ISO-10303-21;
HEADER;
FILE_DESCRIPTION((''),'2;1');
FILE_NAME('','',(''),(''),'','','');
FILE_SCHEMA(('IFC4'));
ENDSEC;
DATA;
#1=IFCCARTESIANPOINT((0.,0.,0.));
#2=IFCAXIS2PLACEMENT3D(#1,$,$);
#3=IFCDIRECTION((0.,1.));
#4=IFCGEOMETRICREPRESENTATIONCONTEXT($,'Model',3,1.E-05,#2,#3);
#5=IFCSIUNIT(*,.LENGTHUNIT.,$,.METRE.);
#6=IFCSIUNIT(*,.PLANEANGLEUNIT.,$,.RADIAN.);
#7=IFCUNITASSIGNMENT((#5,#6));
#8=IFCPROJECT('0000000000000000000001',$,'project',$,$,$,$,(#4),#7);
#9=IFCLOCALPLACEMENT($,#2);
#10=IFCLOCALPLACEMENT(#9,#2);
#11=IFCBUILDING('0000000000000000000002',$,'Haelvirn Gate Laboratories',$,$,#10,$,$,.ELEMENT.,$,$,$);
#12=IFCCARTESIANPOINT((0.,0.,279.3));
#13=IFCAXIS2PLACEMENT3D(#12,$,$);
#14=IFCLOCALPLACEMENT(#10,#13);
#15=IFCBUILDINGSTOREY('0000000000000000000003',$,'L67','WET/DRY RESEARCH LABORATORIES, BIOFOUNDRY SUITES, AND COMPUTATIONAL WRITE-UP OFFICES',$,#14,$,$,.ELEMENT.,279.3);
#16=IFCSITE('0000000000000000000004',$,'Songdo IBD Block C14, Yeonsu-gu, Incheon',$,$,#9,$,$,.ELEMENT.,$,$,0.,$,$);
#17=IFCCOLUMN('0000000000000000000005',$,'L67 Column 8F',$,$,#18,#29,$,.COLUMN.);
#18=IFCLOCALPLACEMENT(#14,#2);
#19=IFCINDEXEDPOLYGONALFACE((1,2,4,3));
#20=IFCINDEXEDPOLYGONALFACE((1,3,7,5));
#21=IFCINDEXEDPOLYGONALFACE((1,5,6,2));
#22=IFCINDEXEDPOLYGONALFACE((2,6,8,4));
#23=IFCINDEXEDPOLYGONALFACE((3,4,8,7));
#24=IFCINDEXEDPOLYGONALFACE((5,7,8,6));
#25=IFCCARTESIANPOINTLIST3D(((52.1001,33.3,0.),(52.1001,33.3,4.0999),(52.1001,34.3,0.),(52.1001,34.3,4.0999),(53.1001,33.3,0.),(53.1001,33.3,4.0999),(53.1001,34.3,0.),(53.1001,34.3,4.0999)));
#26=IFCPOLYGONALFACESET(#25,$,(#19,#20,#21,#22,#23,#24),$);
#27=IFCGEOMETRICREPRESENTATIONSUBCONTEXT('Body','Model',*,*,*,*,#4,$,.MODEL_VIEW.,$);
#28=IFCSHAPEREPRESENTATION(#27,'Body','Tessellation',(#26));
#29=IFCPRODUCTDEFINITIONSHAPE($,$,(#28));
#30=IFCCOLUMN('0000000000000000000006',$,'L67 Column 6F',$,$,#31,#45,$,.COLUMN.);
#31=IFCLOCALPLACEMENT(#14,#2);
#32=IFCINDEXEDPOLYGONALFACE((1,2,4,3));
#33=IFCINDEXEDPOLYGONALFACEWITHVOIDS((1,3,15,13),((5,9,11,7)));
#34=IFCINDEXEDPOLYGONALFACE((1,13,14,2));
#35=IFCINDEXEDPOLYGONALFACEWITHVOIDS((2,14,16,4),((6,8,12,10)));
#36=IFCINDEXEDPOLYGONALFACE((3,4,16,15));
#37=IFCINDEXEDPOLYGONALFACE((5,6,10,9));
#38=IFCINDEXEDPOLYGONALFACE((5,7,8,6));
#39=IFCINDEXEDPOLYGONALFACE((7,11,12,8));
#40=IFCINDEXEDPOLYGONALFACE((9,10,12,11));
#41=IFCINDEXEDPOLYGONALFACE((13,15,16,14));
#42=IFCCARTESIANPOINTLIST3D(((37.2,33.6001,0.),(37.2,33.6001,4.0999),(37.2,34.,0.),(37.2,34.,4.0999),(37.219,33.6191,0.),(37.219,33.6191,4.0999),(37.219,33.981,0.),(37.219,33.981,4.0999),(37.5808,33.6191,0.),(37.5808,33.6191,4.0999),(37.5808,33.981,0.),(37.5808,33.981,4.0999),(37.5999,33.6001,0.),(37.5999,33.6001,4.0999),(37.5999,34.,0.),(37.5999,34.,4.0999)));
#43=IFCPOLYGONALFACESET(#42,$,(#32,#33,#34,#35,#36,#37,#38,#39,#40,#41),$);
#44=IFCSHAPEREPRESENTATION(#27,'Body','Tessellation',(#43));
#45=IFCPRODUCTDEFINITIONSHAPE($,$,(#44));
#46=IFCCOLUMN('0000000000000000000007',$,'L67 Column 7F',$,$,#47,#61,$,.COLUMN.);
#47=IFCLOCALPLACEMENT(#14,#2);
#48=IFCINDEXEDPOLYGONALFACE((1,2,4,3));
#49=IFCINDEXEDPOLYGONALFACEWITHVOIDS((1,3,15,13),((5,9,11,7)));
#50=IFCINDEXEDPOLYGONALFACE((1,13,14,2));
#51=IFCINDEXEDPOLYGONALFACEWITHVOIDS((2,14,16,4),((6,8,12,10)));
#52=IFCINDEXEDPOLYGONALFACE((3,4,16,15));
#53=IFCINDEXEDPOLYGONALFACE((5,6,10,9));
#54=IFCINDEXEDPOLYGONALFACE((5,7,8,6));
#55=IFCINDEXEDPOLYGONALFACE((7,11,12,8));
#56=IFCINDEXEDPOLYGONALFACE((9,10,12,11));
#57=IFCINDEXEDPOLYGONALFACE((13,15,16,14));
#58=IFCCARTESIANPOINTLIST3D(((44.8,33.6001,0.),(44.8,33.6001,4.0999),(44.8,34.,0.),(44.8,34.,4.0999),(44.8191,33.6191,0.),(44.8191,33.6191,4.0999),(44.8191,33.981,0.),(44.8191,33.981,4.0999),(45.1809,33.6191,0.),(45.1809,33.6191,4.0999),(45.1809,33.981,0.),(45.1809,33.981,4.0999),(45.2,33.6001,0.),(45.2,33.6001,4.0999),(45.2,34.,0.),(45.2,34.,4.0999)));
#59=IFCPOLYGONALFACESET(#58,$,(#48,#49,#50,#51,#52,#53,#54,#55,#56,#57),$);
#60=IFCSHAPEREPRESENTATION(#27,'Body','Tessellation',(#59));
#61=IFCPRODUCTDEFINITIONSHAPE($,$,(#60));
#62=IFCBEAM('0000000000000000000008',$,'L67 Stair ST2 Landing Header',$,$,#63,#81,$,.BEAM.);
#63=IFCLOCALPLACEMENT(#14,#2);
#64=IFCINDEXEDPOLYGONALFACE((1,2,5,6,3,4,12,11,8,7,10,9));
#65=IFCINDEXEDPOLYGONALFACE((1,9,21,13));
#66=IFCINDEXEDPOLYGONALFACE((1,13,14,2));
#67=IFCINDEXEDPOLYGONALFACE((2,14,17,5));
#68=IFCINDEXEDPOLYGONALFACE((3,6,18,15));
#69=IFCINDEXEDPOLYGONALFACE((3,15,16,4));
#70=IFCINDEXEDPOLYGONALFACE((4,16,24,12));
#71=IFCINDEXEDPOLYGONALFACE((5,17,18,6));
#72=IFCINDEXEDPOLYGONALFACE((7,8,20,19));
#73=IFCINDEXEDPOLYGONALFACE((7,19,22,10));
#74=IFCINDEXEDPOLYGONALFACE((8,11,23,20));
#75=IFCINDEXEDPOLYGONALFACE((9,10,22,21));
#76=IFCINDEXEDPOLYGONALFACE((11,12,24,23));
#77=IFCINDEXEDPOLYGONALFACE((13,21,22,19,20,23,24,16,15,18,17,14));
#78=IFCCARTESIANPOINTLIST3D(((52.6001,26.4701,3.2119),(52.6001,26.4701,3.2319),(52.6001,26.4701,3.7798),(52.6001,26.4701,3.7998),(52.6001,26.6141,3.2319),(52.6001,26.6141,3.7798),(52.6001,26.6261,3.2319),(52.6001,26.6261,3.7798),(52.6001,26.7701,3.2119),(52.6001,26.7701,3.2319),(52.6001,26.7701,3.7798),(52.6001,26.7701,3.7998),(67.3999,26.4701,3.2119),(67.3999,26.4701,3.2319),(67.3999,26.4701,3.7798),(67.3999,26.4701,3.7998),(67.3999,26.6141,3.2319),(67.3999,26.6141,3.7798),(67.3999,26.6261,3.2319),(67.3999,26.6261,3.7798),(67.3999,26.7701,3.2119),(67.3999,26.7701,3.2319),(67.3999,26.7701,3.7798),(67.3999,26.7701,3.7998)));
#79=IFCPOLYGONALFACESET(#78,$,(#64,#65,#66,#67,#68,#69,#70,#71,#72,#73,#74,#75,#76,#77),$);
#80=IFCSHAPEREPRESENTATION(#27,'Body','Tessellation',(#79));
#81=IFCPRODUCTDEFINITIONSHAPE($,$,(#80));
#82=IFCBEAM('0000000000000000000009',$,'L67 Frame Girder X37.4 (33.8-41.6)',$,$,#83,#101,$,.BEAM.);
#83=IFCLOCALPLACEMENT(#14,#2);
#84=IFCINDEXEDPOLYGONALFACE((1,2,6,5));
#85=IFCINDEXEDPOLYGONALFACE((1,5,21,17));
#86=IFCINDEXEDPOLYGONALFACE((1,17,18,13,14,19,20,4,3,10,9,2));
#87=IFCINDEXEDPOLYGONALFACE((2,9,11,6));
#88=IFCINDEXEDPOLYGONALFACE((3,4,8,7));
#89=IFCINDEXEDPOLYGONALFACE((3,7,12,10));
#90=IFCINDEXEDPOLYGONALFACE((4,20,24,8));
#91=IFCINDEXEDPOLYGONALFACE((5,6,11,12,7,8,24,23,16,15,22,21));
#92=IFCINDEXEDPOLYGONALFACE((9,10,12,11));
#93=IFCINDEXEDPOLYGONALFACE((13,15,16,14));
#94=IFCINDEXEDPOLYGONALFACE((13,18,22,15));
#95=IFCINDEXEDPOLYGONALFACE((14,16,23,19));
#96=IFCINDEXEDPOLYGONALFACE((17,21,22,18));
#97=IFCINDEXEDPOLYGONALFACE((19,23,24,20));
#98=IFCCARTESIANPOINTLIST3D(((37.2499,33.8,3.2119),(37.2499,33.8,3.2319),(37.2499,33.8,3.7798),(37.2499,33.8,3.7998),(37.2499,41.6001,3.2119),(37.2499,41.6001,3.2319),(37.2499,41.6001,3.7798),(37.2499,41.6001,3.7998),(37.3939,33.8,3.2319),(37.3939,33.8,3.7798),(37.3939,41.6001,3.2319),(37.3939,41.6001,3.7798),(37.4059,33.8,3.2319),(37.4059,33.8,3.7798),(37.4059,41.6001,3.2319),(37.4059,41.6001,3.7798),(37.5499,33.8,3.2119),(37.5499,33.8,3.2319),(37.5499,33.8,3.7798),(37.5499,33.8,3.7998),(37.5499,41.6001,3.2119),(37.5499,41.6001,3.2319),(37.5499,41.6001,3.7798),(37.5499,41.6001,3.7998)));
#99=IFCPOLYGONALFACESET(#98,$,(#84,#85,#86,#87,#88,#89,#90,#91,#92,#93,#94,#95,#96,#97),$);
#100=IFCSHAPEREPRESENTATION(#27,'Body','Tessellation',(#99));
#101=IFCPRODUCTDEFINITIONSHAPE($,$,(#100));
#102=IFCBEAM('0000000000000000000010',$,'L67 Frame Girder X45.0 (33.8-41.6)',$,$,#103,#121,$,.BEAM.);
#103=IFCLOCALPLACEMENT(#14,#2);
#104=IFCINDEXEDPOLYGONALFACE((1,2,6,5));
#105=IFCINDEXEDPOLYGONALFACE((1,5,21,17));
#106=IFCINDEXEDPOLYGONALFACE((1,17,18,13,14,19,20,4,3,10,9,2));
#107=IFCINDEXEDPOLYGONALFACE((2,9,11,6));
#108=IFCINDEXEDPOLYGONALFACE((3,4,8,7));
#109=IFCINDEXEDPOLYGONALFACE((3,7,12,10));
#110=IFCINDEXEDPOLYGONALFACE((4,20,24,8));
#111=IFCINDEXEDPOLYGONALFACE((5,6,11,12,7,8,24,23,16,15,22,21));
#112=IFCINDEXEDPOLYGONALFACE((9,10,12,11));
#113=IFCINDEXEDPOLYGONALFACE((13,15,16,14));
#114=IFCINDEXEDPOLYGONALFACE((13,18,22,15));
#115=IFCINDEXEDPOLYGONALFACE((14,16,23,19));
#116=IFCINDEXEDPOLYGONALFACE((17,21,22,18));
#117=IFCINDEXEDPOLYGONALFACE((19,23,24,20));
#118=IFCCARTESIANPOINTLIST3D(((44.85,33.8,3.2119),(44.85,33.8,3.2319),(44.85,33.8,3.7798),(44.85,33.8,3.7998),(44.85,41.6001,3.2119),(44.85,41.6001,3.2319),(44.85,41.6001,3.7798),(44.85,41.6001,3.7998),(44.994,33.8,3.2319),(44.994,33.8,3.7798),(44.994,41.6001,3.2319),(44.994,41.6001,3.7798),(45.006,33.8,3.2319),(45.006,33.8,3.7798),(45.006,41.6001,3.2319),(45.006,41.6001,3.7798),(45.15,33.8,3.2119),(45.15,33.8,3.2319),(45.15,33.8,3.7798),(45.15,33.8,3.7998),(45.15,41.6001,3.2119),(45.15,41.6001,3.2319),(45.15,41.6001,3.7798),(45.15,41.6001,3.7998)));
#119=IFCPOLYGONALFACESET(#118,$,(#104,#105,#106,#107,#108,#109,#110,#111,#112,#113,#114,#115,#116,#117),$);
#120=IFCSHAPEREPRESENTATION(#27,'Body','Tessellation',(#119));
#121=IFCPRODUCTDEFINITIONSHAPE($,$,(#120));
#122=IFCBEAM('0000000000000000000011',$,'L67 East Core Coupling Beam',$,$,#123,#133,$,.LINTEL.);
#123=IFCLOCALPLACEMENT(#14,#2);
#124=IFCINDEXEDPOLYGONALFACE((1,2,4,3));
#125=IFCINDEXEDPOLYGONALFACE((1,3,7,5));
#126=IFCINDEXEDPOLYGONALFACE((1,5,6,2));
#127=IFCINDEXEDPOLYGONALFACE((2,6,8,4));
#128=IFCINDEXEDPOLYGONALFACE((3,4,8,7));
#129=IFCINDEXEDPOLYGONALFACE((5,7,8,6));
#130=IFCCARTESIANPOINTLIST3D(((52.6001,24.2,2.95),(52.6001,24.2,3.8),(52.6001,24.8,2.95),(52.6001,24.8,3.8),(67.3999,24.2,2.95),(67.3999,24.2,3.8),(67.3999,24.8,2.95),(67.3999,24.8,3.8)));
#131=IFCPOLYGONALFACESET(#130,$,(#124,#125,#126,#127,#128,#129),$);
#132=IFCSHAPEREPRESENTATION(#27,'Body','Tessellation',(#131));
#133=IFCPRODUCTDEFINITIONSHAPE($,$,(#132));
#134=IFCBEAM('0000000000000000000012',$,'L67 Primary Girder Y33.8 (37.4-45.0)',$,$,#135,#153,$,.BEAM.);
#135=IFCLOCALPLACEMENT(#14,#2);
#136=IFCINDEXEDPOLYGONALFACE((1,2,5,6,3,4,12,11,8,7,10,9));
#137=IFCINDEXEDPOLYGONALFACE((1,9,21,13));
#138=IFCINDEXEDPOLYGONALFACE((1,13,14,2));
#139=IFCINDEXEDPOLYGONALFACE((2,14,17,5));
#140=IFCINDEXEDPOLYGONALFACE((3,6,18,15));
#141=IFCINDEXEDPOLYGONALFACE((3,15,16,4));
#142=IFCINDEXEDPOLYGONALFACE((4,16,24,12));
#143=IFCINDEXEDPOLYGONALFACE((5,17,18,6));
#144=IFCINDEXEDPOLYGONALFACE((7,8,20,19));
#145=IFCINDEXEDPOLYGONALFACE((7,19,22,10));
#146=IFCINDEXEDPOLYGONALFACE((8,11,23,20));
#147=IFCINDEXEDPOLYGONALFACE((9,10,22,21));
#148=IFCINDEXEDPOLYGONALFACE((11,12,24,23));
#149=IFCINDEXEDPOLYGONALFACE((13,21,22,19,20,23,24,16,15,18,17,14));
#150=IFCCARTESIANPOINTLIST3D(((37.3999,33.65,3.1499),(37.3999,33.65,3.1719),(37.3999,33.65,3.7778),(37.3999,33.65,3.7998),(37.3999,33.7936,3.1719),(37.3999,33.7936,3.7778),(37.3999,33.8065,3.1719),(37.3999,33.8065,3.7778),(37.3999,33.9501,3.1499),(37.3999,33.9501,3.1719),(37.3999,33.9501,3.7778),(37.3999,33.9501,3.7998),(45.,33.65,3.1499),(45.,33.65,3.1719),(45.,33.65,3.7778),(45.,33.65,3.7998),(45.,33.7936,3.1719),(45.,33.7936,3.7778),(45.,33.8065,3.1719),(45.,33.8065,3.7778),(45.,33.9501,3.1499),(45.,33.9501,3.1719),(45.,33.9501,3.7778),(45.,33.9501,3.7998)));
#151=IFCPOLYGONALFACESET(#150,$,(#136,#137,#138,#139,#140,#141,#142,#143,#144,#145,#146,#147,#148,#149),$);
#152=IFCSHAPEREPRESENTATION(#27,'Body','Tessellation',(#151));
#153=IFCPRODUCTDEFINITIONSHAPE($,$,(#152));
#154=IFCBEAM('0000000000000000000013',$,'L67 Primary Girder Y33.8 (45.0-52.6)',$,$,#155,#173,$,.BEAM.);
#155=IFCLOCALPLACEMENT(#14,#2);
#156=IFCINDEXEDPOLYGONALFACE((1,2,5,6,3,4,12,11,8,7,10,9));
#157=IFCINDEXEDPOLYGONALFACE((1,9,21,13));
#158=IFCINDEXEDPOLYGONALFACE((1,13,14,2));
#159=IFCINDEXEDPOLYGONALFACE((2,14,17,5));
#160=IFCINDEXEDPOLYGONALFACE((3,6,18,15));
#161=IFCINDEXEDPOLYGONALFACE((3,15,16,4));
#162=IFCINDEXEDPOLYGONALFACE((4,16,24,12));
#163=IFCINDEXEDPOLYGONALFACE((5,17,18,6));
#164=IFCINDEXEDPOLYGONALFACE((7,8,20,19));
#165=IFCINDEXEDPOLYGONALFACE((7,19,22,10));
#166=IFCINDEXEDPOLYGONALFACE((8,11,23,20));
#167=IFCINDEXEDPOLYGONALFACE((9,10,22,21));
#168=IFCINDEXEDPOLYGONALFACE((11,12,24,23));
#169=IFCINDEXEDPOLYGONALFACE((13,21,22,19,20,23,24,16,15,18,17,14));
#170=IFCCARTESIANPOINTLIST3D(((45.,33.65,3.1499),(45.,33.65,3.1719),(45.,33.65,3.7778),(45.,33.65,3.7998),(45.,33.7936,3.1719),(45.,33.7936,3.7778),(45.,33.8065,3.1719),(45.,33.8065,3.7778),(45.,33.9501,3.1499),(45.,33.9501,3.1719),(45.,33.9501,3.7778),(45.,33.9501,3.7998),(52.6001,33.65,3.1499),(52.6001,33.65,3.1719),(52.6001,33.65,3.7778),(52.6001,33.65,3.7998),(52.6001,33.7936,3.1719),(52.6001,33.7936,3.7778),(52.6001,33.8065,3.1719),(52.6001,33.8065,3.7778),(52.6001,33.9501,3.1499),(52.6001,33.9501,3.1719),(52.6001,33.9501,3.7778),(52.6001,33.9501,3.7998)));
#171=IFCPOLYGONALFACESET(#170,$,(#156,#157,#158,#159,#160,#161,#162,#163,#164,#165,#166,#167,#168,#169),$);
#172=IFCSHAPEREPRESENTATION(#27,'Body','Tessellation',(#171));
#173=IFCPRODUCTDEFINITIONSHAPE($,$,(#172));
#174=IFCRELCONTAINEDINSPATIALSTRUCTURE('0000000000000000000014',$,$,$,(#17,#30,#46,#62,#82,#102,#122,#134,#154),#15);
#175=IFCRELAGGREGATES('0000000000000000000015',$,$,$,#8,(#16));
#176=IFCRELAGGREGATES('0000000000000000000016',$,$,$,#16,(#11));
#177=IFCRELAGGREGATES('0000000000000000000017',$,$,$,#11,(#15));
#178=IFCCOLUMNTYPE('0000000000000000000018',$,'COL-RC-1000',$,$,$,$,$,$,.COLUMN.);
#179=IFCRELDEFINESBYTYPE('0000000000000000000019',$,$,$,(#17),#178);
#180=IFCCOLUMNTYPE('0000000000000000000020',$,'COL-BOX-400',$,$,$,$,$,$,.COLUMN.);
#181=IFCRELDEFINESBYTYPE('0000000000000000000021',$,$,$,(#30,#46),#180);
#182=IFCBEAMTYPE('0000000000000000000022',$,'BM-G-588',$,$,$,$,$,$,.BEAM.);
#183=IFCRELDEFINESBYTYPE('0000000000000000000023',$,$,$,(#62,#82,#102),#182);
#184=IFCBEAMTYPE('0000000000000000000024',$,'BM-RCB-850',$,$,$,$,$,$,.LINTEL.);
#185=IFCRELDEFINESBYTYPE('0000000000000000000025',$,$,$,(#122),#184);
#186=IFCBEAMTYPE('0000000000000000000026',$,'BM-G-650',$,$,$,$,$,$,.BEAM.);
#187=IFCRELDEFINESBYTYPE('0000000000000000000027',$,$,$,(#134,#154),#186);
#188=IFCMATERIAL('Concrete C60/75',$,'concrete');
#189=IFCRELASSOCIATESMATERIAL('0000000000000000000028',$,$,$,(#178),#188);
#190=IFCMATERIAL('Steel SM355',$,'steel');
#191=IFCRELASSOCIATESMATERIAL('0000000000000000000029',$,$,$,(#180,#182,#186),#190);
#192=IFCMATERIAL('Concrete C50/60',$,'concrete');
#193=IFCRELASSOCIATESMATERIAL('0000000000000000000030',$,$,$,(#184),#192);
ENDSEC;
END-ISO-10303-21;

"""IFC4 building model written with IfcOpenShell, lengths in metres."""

from ifc_helpers import new_model, si_unit, direction, frame, origin, origin_2d, place, context, subcontext, project, spatial, rectangle, hollow_rectangle, i_section, extrude, source, transform, mapped, material, material_profile, profile_set, type_object, type_shapes, element, save


model = new_model("IFC4")

# Units and contexts
model_context = context("Model", 3, precision=1e-05, world=origin(), true_north=direction((0.0, 1.0)))
body_context = subcontext(model_context, "Body", "Model", "MODEL_VIEW")
ifc_project = project(units=[si_unit("LENGTHUNIT", "METRE"), si_unit("PLANEANGLEUNIT", "RADIAN")], contexts=[model_context])

# Site, building, storey
site_placement = place(None, origin())
site = spatial("IfcSite", under=ifc_project, at=site_placement, Name="Songdo IBD Block C14, Yeonsu-gu, Incheon", CompositionType="ELEMENT", RefElevation=0.0)
building_placement = place(site_placement, origin())
building = spatial("IfcBuilding", under=site, at=building_placement, Name="Haelvirn Gate Laboratories", CompositionType="ELEMENT")
storey_placement = place(building_placement, frame((0.0, 0.0, 279.3)))
storey = spatial("IfcBuildingStorey", under=building, at=storey_placement, Name="L67", Description="WET/DRY RESEARCH LABORATORIES, BIOFOUNDRY SUITES, AND COMPUTATIONAL WRITE-UP OFFICES", CompositionType="ELEMENT", Elevation=279.3)

# Columns
ifc_material_1 = material(Name="Concrete C60/75", Category="concrete")
ifc_material_profile_1 = material_profile(ifc_material_1, rectangle(XDim=1.0, YDim=1.0, at=origin_2d()), Name="RC-1000x1000")
ifc_profile_set_1 = profile_set([ifc_material_profile_1], Name="Concrete C60/75")
column_type_1 = type_object("IfcColumnType", Name="COL-RC-1000", PredefinedType="COLUMN", material=ifc_profile_set_1)
shared_shape_1 = source(origin(), body_context, "Body", "SweptSolid", [
    extrude(rectangle(XDim=1.0, YDim=1.0, at=origin_2d()), origin(), (0.0, 0.0, 1.0), 4.0999),
])
type_shapes(column_type_1, [shared_shape_1])
column_placement = place(storey_placement, frame((52.6001, 33.8, 0.0), z_axis=(0.0, 0.0, 1.0), x_axis=(1.0, 0.0, 0.0)))
element("IfcColumn", 1, at=column_placement, inside=storey, type_object=column_type_1, Name="L67 Column 8F", PredefinedType="COLUMN", context=body_context, shape_type="MappedRepresentation", body=[
    mapped(shared_shape_1, transform((0.0, 0.0, 0.0), scale=1.0)),
])
ifc_material_2 = material(Name="Steel SM355", Category="steel")
ifc_material_profile_2 = material_profile(ifc_material_2, hollow_rectangle(XDim=0.3999, YDim=0.3999, WallThickness=0.019, at=origin_2d()), Name="BOX-400x400x19")
ifc_profile_set_2 = profile_set([ifc_material_profile_2], Name="Steel SM355")
column_type_2 = type_object("IfcColumnType", Name="COL-BOX-400", PredefinedType="COLUMN", material=ifc_profile_set_2)
shared_shape_2 = source(origin(), body_context, "Body", "SweptSolid", [
    extrude(hollow_rectangle(XDim=0.3999, YDim=0.3999, WallThickness=0.019, at=origin_2d()), origin(), (0.0, 0.0, 1.0), 4.0999),
])
type_shapes(column_type_2, [shared_shape_2])
for number, where, z_axis, x_axis, name in (
    (2, (37.3999, 33.8, 0.0), (0.0, 0.0, 1.0), (1.0, 0.0, 0.0), "L67 Column 6F"),
    (3, (45.0, 33.8, 0.0), (0.0, 0.0, 1.0), (1.0, 0.0, 0.0), "L67 Column 7F"),
):
    element("IfcColumn", number, at=place(storey_placement, frame(where, z_axis=z_axis, x_axis=x_axis)), inside=storey, type_object=column_type_2, Name=name, PredefinedType="COLUMN", context=body_context, shape_type="MappedRepresentation", body=[
        mapped(shared_shape_2, transform((0.0, 0.0, 0.0), scale=1.0)),
    ])

# Beams
ifc_material_profile_3 = material_profile(ifc_material_2, i_section(OverallWidth=0.3, OverallDepth=0.5879, WebThickness=0.012, FlangeThickness=0.02, at=origin_2d()), Name="H-588x300x12x20")
ifc_profile_set_3 = profile_set([ifc_material_profile_3], Name="Steel SM355")
beam_type_1 = type_object("IfcBeamType", Name="BM-G-588", PredefinedType="BEAM", material=ifc_profile_set_3)
shared_shape_3 = source(origin(), body_context, "Body", "SweptSolid", [
    extrude(i_section(OverallWidth=0.3, OverallDepth=0.5879, WebThickness=0.012, FlangeThickness=0.02, at=origin_2d()), origin(), (0.0, 0.0, 1.0), 14.7998),
])
beam_1_placement = place(storey_placement, frame((52.6001, 26.6201, 3.5059), z_axis=(1.0, 0.0, 0.0), x_axis=(0.0, 1.0, 0.0)))
element("IfcBeam", 4, at=beam_1_placement, inside=storey, type_object=beam_type_1, Name="L67 Stair ST2 Landing Header", PredefinedType="BEAM", context=body_context, shape_type="MappedRepresentation", body=[
    mapped(shared_shape_3, transform((0.0, 0.0, 0.0), scale=1.0)),
])
shared_shape_4 = source(origin(), body_context, "Body", "SweptSolid", [
    extrude(i_section(OverallWidth=0.3, OverallDepth=0.5879, WebThickness=0.012, FlangeThickness=0.02, at=origin_2d()), origin(), (0.0, 0.0, 1.0), 7.8),
])
type_shapes(beam_type_1, [shared_shape_3, shared_shape_4])
for number, where, z_axis, x_axis, name in (
    (5, (37.3999, 33.8, 3.5059), (0.0, 1.0, 0.0), (-1.0, 0.0, 0.0), "L67 Frame Girder X37.4 (33.8-41.6)"),
    (6, (45.0, 33.8, 3.5059), (0.0, 1.0, 0.0), (-1.0, 0.0, 0.0), "L67 Frame Girder X45.0 (33.8-41.6)"),
):
    element("IfcBeam", number, at=place(storey_placement, frame(where, z_axis=z_axis, x_axis=x_axis)), inside=storey, type_object=beam_type_1, Name=name, PredefinedType="BEAM", context=body_context, shape_type="MappedRepresentation", body=[
        mapped(shared_shape_4, transform((0.0, 0.0, 0.0), scale=1.0)),
    ])
ifc_material_3 = material(Name="Concrete C50/60", Category="concrete")
ifc_material_profile_4 = material_profile(ifc_material_3, rectangle(XDim=0.6001, YDim=0.8501, at=origin_2d()), Name="RCB-600x850")
ifc_profile_set_4 = profile_set([ifc_material_profile_4], Name="Concrete C50/60")
beam_type_2 = type_object("IfcBeamType", Name="BM-RCB-850", PredefinedType="LINTEL", material=ifc_profile_set_4)
shared_shape_5 = source(origin(), body_context, "Body", "SweptSolid", [
    extrude(rectangle(XDim=0.6001, YDim=0.8501, at=origin_2d()), origin(), (0.0, 0.0, 1.0), 14.7998),
])
type_shapes(beam_type_2, [shared_shape_5])
beam_2_placement = place(storey_placement, frame((52.6001, 24.5, 3.375), z_axis=(1.0, 0.0, 0.0), x_axis=(0.0, 1.0, 0.0)))
element("IfcBeam", 7, at=beam_2_placement, inside=storey, type_object=beam_type_2, Name="L67 East Core Coupling Beam", PredefinedType="LINTEL", context=body_context, shape_type="MappedRepresentation", body=[
    mapped(shared_shape_5, transform((0.0, 0.0, 0.0), scale=1.0)),
])
ifc_material_profile_5 = material_profile(ifc_material_2, i_section(OverallWidth=0.3, OverallDepth=0.6499, WebThickness=0.0129, FlangeThickness=0.022, at=origin_2d()), Name="H-650x300x13x22")
ifc_profile_set_5 = profile_set([ifc_material_profile_5], Name="Steel SM355")
beam_type_3 = type_object("IfcBeamType", Name="BM-G-650", PredefinedType="BEAM", material=ifc_profile_set_5)
shared_shape_6 = source(origin(), body_context, "Body", "SweptSolid", [
    extrude(i_section(OverallWidth=0.3, OverallDepth=0.6499, WebThickness=0.0129, FlangeThickness=0.022, at=origin_2d()), origin(), (0.0, 0.0, 1.0), 7.6001),
])
type_shapes(beam_type_3, [shared_shape_6])
for number, where, z_axis, x_axis, name in (
    (8, (37.3999, 33.8, 3.4749), (1.0, 0.0, 0.0), (0.0, 1.0, 0.0), "L67 Primary Girder Y33.8 (37.4-45.0)"),
    (9, (45.0, 33.8, 3.4749), (1.0, 0.0, 0.0), (0.0, 1.0, 0.0), "L67 Primary Girder Y33.8 (45.0-52.6)"),
):
    element("IfcBeam", number, at=place(storey_placement, frame(where, z_axis=z_axis, x_axis=x_axis)), inside=storey, type_object=beam_type_3, Name=name, PredefinedType="BEAM", context=body_context, shape_type="MappedRepresentation", body=[
        mapped(shared_shape_6, transform((0.0, 0.0, 0.0), scale=1.0)),
    ])

save(model, "model.ifc")
